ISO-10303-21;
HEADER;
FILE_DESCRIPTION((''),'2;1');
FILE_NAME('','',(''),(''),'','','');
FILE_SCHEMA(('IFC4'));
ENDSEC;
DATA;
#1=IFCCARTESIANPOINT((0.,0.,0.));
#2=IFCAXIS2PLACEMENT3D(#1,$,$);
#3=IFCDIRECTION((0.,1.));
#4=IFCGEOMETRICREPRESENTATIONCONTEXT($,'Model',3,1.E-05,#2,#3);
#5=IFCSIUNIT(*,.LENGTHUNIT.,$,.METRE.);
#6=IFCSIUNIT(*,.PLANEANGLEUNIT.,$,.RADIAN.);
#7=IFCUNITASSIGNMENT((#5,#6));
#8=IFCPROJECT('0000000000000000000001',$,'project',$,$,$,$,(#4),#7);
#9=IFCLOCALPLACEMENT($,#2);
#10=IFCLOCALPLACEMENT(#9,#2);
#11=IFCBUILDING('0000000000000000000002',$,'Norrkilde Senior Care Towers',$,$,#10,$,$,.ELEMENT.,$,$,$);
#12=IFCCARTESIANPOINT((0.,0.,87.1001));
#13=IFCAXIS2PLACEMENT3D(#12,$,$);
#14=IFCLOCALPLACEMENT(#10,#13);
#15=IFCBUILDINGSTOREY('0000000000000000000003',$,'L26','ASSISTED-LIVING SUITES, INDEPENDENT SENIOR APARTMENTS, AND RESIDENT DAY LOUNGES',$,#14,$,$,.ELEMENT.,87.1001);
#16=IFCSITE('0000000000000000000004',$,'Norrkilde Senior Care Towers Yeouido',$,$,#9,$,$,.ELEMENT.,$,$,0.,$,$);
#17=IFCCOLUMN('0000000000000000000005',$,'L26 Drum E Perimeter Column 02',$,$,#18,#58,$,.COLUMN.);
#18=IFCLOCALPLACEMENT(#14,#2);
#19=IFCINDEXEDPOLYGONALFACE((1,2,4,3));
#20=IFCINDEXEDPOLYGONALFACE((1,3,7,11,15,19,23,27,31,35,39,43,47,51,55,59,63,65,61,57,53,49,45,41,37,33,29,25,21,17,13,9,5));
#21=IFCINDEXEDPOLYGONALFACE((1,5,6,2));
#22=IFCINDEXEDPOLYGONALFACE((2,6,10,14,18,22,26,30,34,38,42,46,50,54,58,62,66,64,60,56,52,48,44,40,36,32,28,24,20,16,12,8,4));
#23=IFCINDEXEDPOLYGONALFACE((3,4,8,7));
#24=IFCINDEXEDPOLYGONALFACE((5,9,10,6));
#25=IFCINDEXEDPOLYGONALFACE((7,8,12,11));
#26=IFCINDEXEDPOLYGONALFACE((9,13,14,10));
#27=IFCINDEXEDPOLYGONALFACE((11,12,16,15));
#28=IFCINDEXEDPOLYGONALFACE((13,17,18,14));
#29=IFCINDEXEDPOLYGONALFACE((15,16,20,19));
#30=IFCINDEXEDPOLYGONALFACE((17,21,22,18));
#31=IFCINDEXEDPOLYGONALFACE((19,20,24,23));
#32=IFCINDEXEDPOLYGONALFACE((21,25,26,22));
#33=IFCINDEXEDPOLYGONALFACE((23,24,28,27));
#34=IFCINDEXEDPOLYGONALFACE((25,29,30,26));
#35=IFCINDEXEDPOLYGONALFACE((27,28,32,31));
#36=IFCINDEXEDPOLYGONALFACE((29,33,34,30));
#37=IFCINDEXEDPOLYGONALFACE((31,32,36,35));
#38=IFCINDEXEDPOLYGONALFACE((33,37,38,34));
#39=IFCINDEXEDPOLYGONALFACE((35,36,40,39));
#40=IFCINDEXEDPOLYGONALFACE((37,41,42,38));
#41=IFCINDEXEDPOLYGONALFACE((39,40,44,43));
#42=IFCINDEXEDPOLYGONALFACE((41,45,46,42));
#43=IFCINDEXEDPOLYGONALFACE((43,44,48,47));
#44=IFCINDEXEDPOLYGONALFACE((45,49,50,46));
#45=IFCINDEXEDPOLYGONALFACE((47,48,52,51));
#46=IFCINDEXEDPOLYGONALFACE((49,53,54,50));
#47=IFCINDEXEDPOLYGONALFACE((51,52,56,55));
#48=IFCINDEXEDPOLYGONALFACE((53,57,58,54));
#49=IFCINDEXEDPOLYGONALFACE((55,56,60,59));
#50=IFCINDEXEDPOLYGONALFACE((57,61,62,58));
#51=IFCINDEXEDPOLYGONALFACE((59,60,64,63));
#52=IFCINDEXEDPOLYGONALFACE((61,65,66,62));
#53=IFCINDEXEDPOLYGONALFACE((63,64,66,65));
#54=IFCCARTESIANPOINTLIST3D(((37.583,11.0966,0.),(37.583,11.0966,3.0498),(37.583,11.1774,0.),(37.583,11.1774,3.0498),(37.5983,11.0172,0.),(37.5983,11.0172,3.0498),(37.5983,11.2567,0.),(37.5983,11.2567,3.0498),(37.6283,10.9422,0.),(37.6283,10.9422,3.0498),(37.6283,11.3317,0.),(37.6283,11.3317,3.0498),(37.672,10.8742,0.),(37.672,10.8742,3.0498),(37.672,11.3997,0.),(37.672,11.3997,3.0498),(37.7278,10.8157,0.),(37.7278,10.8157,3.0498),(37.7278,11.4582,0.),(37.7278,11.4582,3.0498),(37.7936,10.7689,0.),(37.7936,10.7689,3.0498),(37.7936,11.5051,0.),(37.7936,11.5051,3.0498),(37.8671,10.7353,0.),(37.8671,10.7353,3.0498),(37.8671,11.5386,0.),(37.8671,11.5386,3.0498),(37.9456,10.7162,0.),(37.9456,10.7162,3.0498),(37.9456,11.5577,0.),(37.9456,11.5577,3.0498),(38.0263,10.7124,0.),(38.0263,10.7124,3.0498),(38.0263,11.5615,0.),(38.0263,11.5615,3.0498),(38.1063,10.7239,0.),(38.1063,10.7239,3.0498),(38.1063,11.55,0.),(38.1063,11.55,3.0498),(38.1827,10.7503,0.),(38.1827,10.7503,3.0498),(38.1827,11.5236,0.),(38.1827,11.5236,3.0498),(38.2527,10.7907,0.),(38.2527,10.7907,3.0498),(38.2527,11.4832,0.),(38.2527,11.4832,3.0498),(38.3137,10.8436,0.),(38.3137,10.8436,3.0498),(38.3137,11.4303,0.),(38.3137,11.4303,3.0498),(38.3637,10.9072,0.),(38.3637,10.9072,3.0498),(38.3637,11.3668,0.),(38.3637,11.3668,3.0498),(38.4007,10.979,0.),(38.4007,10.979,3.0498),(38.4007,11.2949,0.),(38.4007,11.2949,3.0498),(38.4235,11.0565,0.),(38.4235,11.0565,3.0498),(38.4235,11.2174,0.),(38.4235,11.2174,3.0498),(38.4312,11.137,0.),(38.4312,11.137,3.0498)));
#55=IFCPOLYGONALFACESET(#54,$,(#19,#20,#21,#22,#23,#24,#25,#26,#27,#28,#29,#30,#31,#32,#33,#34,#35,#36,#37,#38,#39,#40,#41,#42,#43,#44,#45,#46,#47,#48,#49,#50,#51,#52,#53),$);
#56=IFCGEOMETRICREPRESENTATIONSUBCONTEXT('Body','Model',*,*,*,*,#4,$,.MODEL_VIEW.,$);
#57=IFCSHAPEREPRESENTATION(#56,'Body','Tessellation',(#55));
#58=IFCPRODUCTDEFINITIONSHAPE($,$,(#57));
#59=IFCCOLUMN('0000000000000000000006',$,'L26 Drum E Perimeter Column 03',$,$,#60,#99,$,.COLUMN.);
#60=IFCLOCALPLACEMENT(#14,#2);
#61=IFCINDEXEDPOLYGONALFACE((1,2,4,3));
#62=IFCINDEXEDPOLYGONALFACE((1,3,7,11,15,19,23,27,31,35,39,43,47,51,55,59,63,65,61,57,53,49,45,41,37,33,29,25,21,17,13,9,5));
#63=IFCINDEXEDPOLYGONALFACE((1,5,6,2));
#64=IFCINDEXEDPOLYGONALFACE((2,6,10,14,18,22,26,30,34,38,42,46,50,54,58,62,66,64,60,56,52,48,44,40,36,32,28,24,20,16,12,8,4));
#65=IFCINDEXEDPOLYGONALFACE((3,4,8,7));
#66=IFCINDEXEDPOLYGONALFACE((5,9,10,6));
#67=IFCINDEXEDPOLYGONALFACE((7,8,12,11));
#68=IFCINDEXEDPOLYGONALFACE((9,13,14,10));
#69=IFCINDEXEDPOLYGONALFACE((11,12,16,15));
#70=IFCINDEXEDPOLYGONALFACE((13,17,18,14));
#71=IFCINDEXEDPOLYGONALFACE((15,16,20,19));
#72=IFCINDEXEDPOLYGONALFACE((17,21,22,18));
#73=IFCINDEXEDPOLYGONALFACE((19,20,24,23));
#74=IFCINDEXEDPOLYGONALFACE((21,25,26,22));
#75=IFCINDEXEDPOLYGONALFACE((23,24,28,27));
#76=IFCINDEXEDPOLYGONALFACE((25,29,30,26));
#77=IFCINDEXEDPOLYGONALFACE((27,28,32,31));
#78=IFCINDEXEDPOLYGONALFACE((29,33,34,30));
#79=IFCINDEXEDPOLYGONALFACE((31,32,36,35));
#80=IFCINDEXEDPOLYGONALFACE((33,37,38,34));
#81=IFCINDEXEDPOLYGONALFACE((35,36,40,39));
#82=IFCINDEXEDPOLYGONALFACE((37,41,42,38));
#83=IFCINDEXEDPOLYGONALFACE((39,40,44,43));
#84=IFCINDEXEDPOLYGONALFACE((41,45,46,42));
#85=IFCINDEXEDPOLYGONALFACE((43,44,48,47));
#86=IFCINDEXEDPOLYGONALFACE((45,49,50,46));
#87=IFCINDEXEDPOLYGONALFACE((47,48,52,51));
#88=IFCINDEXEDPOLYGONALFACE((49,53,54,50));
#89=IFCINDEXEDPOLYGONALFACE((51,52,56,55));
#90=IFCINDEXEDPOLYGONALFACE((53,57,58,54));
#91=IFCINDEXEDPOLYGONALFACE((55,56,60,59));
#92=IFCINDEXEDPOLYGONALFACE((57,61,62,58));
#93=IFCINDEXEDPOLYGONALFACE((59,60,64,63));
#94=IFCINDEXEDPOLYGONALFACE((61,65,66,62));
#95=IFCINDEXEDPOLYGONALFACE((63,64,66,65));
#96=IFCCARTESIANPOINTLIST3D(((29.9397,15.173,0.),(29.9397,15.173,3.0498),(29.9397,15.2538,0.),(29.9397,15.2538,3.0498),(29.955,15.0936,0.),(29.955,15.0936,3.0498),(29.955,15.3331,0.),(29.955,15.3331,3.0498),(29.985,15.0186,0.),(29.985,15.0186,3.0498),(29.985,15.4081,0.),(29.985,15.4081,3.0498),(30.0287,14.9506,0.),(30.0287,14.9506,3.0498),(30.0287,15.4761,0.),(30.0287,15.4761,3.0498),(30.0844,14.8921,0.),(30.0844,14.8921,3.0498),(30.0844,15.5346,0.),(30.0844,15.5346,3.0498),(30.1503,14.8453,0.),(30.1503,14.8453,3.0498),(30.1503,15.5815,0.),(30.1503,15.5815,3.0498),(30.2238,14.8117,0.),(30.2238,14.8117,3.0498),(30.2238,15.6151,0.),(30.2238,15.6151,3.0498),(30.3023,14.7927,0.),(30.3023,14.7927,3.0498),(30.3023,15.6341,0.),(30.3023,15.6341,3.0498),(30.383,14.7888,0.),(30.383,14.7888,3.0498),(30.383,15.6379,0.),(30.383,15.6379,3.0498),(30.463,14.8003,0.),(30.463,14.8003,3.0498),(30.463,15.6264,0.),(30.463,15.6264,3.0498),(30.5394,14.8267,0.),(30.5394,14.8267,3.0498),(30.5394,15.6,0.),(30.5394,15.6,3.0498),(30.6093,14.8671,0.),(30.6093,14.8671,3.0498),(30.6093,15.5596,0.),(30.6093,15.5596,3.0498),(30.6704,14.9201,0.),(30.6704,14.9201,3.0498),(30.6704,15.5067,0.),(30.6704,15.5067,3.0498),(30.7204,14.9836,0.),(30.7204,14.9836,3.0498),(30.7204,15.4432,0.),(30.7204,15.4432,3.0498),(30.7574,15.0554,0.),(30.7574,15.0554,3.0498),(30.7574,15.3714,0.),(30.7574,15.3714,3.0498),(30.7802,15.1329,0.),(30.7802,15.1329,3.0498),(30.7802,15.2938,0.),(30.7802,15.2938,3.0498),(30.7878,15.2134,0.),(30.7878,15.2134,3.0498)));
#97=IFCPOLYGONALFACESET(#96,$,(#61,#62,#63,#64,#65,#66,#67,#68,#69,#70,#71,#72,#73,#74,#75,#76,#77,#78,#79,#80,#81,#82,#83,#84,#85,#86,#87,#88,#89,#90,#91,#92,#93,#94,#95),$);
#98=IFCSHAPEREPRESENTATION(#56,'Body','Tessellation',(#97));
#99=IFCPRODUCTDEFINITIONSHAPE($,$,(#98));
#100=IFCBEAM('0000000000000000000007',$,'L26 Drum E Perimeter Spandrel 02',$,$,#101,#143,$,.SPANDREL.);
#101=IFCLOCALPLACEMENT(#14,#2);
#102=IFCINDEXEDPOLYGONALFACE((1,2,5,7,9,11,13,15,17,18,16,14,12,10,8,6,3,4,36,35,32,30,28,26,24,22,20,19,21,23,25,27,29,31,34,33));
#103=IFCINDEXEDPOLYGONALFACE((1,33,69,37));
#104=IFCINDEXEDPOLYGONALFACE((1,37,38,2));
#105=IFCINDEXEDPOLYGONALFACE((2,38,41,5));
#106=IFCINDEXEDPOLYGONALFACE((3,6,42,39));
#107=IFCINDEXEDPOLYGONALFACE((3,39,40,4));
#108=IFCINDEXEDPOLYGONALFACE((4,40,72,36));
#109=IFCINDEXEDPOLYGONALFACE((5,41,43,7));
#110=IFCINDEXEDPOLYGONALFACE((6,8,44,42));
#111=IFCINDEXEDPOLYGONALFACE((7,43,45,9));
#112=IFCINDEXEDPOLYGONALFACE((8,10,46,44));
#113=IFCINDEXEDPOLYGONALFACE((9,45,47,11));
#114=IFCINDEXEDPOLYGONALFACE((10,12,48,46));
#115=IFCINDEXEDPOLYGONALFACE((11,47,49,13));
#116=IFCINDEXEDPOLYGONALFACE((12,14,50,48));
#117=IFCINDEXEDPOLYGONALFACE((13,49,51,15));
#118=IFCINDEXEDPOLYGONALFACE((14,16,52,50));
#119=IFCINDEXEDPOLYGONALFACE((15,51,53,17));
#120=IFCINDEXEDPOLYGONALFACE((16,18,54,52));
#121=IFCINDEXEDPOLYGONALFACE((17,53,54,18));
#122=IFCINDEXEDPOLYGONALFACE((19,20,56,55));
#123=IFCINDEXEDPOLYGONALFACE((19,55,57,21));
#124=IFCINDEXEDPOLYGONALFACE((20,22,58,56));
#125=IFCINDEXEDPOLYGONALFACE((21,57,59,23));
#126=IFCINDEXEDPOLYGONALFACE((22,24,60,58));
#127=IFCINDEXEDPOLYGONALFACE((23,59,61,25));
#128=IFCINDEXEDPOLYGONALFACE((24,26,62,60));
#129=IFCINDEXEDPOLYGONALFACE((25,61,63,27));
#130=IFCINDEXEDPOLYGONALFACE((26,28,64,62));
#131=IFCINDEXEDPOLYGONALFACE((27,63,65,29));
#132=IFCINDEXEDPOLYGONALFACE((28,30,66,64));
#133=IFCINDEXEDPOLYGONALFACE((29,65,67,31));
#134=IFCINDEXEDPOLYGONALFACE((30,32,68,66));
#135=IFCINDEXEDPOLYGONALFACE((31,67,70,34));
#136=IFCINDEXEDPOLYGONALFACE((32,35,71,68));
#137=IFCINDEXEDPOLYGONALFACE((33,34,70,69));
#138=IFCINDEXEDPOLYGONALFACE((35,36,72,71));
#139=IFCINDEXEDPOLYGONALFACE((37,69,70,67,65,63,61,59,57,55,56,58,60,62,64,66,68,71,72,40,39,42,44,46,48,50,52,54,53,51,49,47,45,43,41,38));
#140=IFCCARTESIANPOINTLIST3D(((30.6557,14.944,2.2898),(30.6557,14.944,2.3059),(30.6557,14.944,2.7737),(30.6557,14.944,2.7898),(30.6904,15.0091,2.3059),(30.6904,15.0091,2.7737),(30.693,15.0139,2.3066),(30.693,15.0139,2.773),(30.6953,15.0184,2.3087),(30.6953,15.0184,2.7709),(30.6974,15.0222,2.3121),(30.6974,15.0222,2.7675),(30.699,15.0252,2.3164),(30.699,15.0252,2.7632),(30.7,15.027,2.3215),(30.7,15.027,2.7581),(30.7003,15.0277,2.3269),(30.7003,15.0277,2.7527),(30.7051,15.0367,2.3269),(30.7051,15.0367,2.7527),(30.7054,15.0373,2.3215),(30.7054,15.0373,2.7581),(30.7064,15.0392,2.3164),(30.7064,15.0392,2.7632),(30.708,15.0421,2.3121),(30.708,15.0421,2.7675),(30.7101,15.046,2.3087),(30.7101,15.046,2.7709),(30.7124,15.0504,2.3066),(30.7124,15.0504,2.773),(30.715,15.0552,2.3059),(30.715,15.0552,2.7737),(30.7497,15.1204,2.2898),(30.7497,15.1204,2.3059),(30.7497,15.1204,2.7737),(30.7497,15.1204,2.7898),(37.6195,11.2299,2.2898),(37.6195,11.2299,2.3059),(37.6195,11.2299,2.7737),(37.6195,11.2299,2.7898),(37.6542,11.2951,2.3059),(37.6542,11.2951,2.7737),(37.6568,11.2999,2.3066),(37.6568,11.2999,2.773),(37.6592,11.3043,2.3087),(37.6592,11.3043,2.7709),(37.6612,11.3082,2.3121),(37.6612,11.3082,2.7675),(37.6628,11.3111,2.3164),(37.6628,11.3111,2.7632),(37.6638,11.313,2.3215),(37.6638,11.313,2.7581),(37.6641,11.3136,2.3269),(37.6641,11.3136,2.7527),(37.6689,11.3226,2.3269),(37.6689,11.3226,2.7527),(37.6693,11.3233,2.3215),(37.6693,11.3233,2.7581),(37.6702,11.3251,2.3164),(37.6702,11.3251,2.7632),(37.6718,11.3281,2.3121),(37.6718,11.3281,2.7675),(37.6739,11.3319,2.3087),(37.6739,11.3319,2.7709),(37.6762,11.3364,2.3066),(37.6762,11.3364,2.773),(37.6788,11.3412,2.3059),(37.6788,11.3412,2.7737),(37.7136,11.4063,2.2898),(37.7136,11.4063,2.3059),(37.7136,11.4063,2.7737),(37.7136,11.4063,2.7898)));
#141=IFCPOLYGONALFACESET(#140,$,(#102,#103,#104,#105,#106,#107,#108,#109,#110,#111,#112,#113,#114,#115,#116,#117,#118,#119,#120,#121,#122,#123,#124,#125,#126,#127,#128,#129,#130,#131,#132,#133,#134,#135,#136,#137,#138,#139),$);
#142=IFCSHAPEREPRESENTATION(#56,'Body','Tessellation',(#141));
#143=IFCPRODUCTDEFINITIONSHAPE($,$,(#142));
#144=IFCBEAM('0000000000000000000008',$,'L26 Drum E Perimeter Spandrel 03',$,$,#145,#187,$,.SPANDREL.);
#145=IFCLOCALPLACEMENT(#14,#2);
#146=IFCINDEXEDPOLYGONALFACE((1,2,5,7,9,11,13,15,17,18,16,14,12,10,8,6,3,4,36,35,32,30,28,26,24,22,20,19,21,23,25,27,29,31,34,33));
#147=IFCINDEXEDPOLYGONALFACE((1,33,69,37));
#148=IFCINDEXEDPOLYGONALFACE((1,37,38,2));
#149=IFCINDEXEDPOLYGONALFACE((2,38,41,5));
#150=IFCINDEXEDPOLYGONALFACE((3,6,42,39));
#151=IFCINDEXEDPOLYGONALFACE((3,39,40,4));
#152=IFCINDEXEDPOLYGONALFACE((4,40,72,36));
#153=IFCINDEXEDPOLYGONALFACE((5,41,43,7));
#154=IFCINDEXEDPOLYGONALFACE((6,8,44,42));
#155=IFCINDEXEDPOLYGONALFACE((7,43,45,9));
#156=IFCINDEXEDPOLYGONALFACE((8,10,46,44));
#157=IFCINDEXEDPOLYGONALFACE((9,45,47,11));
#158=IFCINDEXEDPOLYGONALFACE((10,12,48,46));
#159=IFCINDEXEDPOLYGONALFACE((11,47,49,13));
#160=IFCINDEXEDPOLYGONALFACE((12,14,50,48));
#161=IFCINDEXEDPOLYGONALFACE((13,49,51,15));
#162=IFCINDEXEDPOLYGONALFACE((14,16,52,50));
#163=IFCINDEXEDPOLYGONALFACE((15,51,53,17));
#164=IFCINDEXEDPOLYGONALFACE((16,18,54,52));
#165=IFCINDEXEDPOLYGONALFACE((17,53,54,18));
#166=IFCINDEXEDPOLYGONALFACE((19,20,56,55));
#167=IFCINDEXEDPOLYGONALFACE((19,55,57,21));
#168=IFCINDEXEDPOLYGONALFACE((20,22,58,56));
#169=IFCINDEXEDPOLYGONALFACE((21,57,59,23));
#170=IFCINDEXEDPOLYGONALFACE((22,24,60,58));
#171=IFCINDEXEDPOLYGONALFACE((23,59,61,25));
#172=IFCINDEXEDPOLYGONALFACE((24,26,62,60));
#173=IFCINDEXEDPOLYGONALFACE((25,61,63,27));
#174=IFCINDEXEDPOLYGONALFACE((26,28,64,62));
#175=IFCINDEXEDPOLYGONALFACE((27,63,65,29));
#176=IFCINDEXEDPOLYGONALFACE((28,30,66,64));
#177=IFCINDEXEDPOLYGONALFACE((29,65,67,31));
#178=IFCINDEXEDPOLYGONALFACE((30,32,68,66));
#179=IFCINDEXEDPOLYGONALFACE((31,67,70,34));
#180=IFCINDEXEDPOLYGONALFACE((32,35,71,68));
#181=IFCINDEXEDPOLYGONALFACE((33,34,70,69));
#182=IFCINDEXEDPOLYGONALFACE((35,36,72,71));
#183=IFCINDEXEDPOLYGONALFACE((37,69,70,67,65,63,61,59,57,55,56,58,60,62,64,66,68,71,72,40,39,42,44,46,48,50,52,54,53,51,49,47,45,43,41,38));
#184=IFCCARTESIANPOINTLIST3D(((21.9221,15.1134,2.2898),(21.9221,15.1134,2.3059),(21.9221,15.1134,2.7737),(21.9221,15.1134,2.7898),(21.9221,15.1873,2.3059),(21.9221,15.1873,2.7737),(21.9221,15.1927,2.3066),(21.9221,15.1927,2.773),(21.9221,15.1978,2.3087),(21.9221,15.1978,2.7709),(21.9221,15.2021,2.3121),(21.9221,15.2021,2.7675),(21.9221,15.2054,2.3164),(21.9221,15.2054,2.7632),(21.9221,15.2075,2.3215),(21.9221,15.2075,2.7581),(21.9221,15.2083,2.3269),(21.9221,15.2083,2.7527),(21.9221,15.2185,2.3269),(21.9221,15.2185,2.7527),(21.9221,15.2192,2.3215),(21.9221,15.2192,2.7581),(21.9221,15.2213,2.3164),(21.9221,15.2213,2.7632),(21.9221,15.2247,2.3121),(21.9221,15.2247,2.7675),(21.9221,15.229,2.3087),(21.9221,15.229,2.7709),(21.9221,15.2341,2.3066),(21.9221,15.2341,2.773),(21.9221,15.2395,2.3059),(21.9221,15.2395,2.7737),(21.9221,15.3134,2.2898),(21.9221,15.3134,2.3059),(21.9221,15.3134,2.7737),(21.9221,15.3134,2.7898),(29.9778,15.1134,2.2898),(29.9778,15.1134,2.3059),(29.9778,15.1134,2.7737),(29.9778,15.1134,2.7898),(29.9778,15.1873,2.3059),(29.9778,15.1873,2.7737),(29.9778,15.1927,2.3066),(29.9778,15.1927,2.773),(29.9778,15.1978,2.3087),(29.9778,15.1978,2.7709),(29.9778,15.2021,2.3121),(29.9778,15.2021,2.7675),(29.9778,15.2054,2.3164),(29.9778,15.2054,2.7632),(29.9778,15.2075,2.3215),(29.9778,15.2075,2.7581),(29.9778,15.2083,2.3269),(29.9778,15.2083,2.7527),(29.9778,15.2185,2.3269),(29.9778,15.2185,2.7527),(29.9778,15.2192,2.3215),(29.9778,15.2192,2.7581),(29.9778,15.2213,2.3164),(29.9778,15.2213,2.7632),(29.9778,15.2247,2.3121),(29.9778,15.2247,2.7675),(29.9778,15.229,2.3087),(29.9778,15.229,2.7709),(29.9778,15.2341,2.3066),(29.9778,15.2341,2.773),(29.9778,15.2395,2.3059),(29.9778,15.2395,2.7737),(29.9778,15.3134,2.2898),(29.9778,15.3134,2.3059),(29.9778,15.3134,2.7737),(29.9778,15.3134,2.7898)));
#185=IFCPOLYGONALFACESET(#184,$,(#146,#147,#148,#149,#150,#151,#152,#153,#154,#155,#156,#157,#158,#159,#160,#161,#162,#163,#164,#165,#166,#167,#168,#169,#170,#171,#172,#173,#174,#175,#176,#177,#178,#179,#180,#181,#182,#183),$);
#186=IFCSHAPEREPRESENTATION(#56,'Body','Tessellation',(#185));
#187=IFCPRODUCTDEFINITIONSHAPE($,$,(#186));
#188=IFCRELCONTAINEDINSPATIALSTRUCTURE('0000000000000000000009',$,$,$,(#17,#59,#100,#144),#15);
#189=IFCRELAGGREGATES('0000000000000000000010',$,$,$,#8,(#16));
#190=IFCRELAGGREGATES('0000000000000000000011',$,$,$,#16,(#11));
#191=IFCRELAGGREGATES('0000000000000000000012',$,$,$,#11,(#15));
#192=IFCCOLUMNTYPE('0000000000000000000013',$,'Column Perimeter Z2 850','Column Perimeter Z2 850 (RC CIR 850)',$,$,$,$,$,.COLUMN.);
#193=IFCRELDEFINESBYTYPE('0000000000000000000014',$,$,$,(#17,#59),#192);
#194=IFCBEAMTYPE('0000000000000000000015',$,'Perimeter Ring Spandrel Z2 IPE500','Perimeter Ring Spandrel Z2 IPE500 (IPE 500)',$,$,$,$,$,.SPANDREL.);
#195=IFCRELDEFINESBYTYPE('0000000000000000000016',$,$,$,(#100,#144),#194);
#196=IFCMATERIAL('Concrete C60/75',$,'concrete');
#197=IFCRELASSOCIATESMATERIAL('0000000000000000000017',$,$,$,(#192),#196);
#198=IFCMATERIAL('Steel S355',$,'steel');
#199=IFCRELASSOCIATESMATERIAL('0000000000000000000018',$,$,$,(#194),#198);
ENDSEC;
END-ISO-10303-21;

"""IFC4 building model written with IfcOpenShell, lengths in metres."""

from ifc_helpers import new_model, si_unit, direction, frame, origin, origin_2d, place, context, subcontext, project, spatial, circle, i_section, extrude, source, transform, mapped, material, material_profile, profile_set, type_object, type_shapes, element, save


model = new_model("IFC4")

# Units and contexts
model_context = context("Model", 3, precision=1e-05, world=origin(), true_north=direction((0.0, 1.0)))
body_context = subcontext(model_context, "Body", "Model", "MODEL_VIEW")
ifc_project = project(units=[si_unit("LENGTHUNIT", "METRE"), si_unit("PLANEANGLEUNIT", "RADIAN")], contexts=[model_context])

# Site, building, storey
site_placement = place(None, origin())
site = spatial("IfcSite", under=ifc_project, at=site_placement, Name="Norrkilde Senior Care Towers Yeouido", CompositionType="ELEMENT", RefElevation=0.0)
building_placement = place(site_placement, origin())
building = spatial("IfcBuilding", under=site, at=building_placement, Name="Norrkilde Senior Care Towers", CompositionType="ELEMENT")
storey_placement = place(building_placement, frame((0.0, 0.0, 87.1001)))
storey = spatial("IfcBuildingStorey", under=building, at=storey_placement, Name="L26", Description="ASSISTED-LIVING SUITES, INDEPENDENT SENIOR APARTMENTS, AND RESIDENT DAY LOUNGES", CompositionType="ELEMENT", Elevation=87.1001)

# Columns
ifc_material_1 = material(Name="Concrete C60/75", Category="concrete")
ifc_material_profile_1 = material_profile(ifc_material_1, circle(Radius=0.425, at=origin_2d()), Name="RC CIR 850")
ifc_profile_set_1 = profile_set([ifc_material_profile_1], Name="Concrete C60/75")
column_type = type_object("IfcColumnType", Name="Column Perimeter Z2 850", Description="Column Perimeter Z2 850 (RC CIR 850)", PredefinedType="COLUMN", material=ifc_profile_set_1)
shared_shape_1 = source(origin(), body_context, "Body", "SweptSolid", [
    extrude(circle(Radius=0.425, at=origin_2d()), origin(), (0.0, 0.0, 1.0), 3.0498),
])
type_shapes(column_type, [shared_shape_1])
for number, where, z_axis, x_axis, name in (
    (1, (38.0061, 11.137, 0.0), (0.0, 0.0, 1.0), (1.0, 0.0, 0.0), "L26 Drum E Perimeter Column 02"),
    (2, (30.3628, 15.2134, 0.0), (0.0, 0.0, 1.0), (1.0, 0.0, 0.0), "L26 Drum E Perimeter Column 03"),
):
    element("IfcColumn", number, at=place(storey_placement, frame(where, z_axis=z_axis, x_axis=x_axis)), inside=storey, type_object=column_type, Name=name, PredefinedType="COLUMN", context=body_context, shape_type="MappedRepresentation", body=[
        mapped(shared_shape_1, transform((0.0, 0.0, 0.0), x_axis=(1.0, 0.0, 0.0), y_axis=(0.0, 1.0, 0.0), z_axis=(0.0, 0.0, 1.0), scale=1.0)),
    ])

# Beams
ifc_material_2 = material(Name="Steel S355", Category="steel")
ifc_material_profile_2 = material_profile(ifc_material_2, i_section(OverallWidth=0.2, OverallDepth=0.5, WebThickness=0.0103, FlangeThickness=0.0161, FilletRadius=0.021, at=origin_2d()), Name="IPE 500")
ifc_profile_set_2 = profile_set([ifc_material_profile_2], Name="Steel S355")
beam_type = type_object("IfcBeamType", Name="Perimeter Ring Spandrel Z2 IPE500", Description="Perimeter Ring Spandrel Z2 IPE500 (IPE 500)", PredefinedType="SPANDREL", material=ifc_profile_set_2)
shared_shape_2 = source(origin(), body_context, "Body", "SweptSolid", [
    extrude(i_section(OverallWidth=0.2, OverallDepth=0.5, WebThickness=0.0103, FlangeThickness=0.0161, FilletRadius=0.021, at=origin_2d()), origin(), (0.0, 0.0, 1.0), 7.8923),
])
beam_1_placement = place(storey_placement, frame((37.6665, 11.3181, 2.5398), z_axis=(-0.88235, 0.470593, 0.0), x_axis=(-0.470593, -0.88235, 0.0)))
element("IfcBeam", 3, at=beam_1_placement, inside=storey, type_object=beam_type, Name="L26 Drum E Perimeter Spandrel 02", PredefinedType="SPANDREL", context=body_context, shape_type="MappedRepresentation", body=[
    mapped(shared_shape_2, transform((0.0, 0.0, 0.0), x_axis=(1.0, 0.0, 0.0), y_axis=(0.0, 1.0, 0.0), z_axis=(0.0, 0.0, 1.0), scale=1.0)),
])
shared_shape_3 = source(origin(), body_context, "Body", "SweptSolid", [
    extrude(i_section(OverallWidth=0.2, OverallDepth=0.5, WebThickness=0.0103, FlangeThickness=0.0161, FilletRadius=0.021, at=origin_2d()), origin(), (0.0, 0.0, 1.0), 8.0557),
])
type_shapes(beam_type, [shared_shape_2, shared_shape_3])
beam_2_placement = place(storey_placement, frame((29.9778, 15.2134, 2.5398), z_axis=(-1.0, 0.0, 0.0), x_axis=(0.0, -1.0, 0.0)))
element("IfcBeam", 4, at=beam_2_placement, inside=storey, type_object=beam_type, Name="L26 Drum E Perimeter Spandrel 03", PredefinedType="SPANDREL", context=body_context, shape_type="MappedRepresentation", body=[
    mapped(shared_shape_3, transform((0.0, 0.0, 0.0), x_axis=(1.0, 0.0, 0.0), y_axis=(0.0, 1.0, 0.0), z_axis=(0.0, 0.0, 1.0), scale=1.0)),
])

save(model, "model.ifc")
